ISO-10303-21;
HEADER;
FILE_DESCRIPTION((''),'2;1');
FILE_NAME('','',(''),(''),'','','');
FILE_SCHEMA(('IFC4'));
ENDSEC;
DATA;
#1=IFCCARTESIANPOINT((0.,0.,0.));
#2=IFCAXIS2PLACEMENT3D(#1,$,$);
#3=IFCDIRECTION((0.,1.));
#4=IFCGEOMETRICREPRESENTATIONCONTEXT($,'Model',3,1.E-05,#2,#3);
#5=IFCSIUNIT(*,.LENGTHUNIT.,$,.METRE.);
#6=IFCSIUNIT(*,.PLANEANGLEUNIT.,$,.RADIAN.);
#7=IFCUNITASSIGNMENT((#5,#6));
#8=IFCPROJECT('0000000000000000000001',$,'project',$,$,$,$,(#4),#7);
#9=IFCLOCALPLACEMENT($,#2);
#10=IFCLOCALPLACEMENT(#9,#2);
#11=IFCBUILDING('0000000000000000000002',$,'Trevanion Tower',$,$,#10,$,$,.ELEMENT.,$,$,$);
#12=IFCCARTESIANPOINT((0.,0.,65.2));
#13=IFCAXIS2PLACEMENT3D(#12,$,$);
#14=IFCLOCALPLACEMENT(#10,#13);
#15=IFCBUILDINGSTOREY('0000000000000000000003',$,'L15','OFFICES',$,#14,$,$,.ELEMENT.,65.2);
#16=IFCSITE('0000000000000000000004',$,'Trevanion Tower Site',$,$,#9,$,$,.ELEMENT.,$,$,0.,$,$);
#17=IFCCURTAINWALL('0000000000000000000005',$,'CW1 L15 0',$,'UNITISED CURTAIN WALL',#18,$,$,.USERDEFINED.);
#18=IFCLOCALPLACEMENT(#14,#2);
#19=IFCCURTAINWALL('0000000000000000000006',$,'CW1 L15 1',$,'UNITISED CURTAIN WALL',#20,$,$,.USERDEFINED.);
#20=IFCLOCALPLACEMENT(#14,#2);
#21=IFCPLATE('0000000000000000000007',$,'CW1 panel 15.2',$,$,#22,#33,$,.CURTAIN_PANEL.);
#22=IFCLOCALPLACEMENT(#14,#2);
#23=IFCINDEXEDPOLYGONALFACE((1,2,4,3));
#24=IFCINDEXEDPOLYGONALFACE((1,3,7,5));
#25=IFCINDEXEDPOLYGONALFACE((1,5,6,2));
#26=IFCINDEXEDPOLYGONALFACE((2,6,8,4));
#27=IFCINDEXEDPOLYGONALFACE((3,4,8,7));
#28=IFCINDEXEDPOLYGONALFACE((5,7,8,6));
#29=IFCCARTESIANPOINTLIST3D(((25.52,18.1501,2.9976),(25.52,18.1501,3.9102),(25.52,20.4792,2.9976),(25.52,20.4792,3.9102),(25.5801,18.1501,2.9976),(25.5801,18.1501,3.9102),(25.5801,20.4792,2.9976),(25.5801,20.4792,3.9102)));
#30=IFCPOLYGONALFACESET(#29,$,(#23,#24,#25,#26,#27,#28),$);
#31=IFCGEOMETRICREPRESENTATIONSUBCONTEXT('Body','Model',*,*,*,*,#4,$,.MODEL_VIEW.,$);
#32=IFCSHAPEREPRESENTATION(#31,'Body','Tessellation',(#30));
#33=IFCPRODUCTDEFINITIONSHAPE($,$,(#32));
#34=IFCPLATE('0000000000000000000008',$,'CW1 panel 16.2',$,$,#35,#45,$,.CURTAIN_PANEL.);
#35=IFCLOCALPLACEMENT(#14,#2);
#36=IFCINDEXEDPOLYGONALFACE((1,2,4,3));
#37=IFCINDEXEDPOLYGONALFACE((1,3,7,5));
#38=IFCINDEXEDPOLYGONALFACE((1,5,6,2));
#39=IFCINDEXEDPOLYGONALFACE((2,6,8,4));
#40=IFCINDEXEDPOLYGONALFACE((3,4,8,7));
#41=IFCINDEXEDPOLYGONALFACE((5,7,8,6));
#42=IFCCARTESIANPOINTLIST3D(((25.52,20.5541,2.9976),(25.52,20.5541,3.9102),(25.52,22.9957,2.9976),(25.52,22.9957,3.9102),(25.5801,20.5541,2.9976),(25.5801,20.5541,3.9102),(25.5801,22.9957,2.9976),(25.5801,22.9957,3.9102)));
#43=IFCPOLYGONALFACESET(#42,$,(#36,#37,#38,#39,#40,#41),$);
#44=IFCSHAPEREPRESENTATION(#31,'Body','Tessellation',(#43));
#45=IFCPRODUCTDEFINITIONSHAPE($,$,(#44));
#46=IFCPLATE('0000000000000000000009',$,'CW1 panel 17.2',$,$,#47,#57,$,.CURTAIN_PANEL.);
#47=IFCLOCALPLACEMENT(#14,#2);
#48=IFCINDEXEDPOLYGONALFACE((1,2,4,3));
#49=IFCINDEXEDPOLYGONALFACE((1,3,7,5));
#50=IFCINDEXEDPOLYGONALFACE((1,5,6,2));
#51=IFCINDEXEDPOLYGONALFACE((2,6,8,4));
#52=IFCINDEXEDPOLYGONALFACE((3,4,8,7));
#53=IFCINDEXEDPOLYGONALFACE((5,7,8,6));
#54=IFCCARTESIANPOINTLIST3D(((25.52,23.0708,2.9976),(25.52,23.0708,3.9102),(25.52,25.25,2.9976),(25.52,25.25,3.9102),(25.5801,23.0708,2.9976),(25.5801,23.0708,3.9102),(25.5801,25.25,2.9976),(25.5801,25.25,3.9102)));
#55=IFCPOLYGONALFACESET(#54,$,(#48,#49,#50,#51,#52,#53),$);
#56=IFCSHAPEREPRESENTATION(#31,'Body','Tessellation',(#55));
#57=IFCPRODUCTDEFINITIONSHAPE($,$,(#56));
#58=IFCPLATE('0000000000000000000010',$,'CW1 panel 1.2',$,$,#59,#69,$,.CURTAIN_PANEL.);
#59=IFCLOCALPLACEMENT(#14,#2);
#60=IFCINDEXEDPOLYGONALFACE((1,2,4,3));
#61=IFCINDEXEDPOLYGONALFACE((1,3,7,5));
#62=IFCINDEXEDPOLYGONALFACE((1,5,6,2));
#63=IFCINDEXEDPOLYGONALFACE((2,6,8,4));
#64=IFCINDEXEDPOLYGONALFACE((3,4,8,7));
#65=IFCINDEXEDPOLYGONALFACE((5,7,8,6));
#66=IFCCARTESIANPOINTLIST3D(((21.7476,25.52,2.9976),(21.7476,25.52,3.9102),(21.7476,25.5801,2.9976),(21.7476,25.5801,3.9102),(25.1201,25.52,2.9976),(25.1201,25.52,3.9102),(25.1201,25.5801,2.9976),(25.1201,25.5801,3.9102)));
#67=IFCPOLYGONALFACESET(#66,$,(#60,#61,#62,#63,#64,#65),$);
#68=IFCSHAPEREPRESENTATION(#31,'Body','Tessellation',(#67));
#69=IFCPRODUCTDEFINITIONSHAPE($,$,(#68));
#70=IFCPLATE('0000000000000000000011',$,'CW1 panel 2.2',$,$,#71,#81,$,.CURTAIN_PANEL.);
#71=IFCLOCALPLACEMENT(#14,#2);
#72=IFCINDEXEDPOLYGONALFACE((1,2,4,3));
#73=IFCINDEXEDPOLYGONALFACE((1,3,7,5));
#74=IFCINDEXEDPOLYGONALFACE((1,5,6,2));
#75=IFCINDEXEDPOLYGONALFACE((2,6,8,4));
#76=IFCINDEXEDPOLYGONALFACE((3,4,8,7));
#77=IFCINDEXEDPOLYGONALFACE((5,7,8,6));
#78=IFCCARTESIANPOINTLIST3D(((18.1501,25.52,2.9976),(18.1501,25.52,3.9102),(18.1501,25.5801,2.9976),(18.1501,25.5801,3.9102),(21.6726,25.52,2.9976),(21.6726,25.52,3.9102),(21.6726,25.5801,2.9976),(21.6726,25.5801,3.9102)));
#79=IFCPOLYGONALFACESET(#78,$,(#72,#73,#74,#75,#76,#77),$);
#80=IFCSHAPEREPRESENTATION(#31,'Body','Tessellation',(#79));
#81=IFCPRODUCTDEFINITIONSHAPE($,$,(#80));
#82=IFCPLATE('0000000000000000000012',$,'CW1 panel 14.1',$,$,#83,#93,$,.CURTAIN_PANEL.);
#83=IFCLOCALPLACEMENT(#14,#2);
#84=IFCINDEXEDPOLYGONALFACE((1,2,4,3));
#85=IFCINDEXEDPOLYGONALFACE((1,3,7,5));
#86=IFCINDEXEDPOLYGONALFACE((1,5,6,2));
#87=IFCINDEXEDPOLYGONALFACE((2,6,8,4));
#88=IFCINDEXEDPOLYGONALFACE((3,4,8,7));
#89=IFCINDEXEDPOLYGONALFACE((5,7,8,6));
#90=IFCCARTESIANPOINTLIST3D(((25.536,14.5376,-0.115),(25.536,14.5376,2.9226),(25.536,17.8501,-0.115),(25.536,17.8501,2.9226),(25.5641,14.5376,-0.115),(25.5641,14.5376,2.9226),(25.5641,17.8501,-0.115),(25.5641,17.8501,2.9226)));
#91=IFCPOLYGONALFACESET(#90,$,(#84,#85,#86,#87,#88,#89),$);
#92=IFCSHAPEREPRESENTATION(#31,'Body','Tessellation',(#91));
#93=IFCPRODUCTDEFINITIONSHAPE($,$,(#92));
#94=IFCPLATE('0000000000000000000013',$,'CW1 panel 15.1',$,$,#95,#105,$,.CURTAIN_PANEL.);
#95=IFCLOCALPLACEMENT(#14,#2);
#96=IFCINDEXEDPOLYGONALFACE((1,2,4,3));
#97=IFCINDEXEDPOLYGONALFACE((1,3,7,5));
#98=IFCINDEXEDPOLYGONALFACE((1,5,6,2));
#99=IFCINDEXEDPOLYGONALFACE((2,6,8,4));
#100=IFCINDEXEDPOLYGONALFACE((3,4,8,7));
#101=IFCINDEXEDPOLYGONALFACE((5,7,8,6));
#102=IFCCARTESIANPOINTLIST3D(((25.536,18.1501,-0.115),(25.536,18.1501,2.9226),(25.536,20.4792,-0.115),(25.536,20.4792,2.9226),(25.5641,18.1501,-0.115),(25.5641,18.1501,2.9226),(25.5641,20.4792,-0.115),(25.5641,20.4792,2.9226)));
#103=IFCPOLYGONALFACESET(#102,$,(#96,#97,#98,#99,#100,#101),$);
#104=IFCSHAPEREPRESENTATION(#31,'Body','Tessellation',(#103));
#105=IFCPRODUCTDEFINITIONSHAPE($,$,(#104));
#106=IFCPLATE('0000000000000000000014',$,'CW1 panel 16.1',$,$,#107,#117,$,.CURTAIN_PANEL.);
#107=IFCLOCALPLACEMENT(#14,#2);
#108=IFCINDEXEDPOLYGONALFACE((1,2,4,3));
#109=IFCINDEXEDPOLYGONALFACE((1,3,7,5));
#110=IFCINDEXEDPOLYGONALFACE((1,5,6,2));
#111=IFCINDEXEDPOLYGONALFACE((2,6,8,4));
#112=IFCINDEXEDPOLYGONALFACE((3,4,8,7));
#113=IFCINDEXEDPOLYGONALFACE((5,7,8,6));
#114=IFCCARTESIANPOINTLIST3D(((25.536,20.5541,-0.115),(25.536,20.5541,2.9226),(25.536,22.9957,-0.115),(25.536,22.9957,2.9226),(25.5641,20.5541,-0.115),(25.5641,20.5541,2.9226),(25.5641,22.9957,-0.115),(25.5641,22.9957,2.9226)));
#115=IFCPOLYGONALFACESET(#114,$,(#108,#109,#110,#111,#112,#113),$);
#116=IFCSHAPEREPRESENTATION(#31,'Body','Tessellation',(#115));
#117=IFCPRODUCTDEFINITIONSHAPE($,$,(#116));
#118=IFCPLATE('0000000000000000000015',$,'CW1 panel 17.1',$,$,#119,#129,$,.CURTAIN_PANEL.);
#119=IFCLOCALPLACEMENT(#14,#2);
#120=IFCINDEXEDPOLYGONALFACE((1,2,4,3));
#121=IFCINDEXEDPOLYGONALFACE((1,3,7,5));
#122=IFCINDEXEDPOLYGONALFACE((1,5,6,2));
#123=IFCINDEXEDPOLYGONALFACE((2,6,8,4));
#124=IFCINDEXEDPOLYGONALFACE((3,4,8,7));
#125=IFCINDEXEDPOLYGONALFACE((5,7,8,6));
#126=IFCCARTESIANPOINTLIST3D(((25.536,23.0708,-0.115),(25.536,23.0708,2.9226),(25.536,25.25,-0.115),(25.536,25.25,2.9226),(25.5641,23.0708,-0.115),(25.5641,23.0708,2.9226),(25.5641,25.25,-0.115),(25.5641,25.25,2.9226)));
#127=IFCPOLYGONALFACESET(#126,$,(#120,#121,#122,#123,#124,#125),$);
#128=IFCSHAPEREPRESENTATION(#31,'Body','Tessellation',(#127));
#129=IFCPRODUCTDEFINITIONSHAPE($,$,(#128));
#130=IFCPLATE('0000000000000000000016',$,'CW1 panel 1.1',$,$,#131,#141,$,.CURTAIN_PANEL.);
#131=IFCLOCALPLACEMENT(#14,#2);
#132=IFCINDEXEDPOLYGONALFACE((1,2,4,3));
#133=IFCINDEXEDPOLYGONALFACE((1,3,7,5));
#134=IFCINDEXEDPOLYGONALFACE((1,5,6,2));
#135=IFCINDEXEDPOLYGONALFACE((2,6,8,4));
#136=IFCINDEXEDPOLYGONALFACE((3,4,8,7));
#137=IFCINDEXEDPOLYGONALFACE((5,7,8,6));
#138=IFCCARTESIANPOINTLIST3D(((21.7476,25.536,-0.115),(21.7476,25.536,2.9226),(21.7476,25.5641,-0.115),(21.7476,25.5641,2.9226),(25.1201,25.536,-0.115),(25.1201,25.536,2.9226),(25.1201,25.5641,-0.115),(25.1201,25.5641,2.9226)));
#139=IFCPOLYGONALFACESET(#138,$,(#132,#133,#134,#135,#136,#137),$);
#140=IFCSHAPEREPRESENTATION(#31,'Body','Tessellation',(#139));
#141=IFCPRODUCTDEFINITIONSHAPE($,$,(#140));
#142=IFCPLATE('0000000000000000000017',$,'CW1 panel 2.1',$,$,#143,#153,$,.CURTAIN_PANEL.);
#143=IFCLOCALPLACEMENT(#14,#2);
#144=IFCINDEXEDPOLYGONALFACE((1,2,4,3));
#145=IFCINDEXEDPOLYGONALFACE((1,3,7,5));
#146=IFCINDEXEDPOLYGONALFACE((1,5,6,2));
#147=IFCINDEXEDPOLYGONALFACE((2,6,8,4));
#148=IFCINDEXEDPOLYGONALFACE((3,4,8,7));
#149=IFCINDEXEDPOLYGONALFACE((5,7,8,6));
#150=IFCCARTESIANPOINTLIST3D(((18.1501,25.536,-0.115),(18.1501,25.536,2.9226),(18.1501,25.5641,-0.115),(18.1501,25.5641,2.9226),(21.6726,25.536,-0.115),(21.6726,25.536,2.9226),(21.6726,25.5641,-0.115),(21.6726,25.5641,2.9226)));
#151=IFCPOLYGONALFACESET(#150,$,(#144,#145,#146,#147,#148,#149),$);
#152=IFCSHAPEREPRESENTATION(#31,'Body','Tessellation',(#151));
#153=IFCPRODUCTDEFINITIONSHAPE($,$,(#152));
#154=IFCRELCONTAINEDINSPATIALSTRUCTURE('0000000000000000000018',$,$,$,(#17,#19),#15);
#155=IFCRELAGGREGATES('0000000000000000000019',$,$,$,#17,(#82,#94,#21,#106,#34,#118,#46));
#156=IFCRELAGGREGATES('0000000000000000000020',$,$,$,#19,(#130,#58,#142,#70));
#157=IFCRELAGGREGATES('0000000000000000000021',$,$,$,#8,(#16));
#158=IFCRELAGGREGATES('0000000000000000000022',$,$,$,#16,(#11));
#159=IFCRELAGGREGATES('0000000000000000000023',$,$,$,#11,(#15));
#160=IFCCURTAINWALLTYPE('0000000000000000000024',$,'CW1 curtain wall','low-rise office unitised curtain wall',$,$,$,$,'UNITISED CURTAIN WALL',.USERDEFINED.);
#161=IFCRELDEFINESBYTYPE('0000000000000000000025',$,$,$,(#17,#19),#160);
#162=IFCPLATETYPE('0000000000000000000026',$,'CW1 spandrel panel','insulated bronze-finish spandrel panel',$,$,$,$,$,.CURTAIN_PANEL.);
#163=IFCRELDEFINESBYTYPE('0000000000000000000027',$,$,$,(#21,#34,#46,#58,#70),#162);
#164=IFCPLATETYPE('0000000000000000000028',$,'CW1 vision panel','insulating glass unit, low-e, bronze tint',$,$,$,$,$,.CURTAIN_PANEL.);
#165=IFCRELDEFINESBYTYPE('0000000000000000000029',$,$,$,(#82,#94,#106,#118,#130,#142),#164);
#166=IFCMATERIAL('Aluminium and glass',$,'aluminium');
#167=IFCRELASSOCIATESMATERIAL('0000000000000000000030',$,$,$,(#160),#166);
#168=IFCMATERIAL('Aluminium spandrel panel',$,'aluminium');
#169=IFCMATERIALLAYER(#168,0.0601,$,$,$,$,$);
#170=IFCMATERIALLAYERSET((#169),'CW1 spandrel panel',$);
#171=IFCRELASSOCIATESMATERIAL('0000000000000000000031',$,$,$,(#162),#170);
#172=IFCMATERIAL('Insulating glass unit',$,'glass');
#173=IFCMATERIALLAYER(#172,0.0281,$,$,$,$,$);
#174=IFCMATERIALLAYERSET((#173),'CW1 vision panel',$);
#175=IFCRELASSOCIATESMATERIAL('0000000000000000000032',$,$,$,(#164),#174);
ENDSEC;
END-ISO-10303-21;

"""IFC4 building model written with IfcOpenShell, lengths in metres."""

from ifc_helpers import new_model, si_unit, direction, frame, origin, origin_2d, place, context, subcontext, project, spatial, rectangle, extrude, material, layer, layer_set, type_object, element, aggregate, save


model = new_model("IFC4")

# Units and contexts
model_context = context("Model", 3, precision=1e-05, world=origin(), true_north=direction((0.0, 1.0)))
body_context = subcontext(model_context, "Body", "Model", "MODEL_VIEW")
ifc_project = project(units=[si_unit("LENGTHUNIT", "METRE"), si_unit("PLANEANGLEUNIT", "RADIAN")], contexts=[model_context])

# Site, building, storey
site_placement = place(None, origin())
site = spatial("IfcSite", under=ifc_project, at=site_placement, Name="Trevanion Tower Site", CompositionType="ELEMENT", RefElevation=0.0)
building_placement = place(site_placement, origin())
building = spatial("IfcBuilding", under=site, at=building_placement, Name="Trevanion Tower", CompositionType="ELEMENT")
storey_placement = place(building_placement, frame((0.0, 0.0, 65.2)))
storey = spatial("IfcBuildingStorey", under=building, at=storey_placement, Name="L15", Description="OFFICES", CompositionType="ELEMENT", Elevation=65.2)

# Curtain wall
ifc_material_1 = material(Name="Aluminium and glass", Category="aluminium")
curtain_wall_type = type_object("IfcCurtainWallType", Name="CW1 curtain wall", Description="low-rise office unitised curtain wall", ElementType="UNITISED CURTAIN WALL", PredefinedType="USERDEFINED", material=ifc_material_1)
curtain_wall_1_placement = place(storey_placement, origin())
curtain_wall_1 = element("IfcCurtainWall", 1, at=curtain_wall_1_placement, inside=storey, type_object=curtain_wall_type, Name="CW1 L15 0", ObjectType="UNITISED CURTAIN WALL", PredefinedType="USERDEFINED")

# Curtain wall
curtain_wall_2_placement = place(storey_placement, origin())
curtain_wall_2 = element("IfcCurtainWall", 2, at=curtain_wall_2_placement, inside=storey, type_object=curtain_wall_type, Name="CW1 L15 1", ObjectType="UNITISED CURTAIN WALL", PredefinedType="USERDEFINED")

# Plates
ifc_material_2 = material(Name="Aluminium spandrel panel", Category="aluminium")
ifc_layer_1 = layer(ifc_material_2, 0.0601)
ifc_layer_set_1 = layer_set([ifc_layer_1], Name="CW1 spandrel panel")
plate_type_1 = type_object("IfcPlateType", Name="CW1 spandrel panel", Description="insulated bronze-finish spandrel panel", PredefinedType="CURTAIN_PANEL", material=ifc_layer_set_1)
plate_1_placement = place(storey_placement, frame((25.55, 19.3147, 2.9976), z_axis=(0.0, 0.0, 1.0), x_axis=(0.0, 1.0, 0.0)))
plate_1 = element("IfcPlate", 3, at=plate_1_placement, type_object=plate_type_1, Name="CW1 panel 15.2", PredefinedType="CURTAIN_PANEL", context=body_context, shape_type="SweptSolid", body=[
    extrude(rectangle(XDim=2.3291, YDim=0.0601, at=origin_2d()), origin(), (0.0, 0.0, 1.0), 0.9126),
])
plate_2_placement = place(storey_placement, frame((25.55, 21.7749, 2.9976), z_axis=(0.0, 0.0, 1.0), x_axis=(0.0, 1.0, 0.0)))
plate_2 = element("IfcPlate", 4, at=plate_2_placement, type_object=plate_type_1, Name="CW1 panel 16.2", PredefinedType="CURTAIN_PANEL", context=body_context, shape_type="SweptSolid", body=[
    extrude(rectangle(XDim=2.4417, YDim=0.0601, at=origin_2d()), origin(), (0.0, 0.0, 1.0), 0.9126),
])
plate_3_placement = place(storey_placement, frame((25.55, 24.1604, 2.9976), z_axis=(0.0, 0.0, 1.0), x_axis=(0.0, 1.0, 0.0)))
plate_3 = element("IfcPlate", 5, at=plate_3_placement, type_object=plate_type_1, Name="CW1 panel 17.2", PredefinedType="CURTAIN_PANEL", context=body_context, shape_type="SweptSolid", body=[
    extrude(rectangle(XDim=2.1792, YDim=0.0601, at=origin_2d()), origin(), (0.0, 0.0, 1.0), 0.9126),
])
plate_4_placement = place(storey_placement, frame((23.4338, 25.55, 2.9976), z_axis=(0.0, 0.0, 1.0), x_axis=(-1.0, 0.0, 0.0)))
plate_4 = element("IfcPlate", 6, at=plate_4_placement, type_object=plate_type_1, Name="CW1 panel 1.2", PredefinedType="CURTAIN_PANEL", context=body_context, shape_type="SweptSolid", body=[
    extrude(rectangle(XDim=3.3726, YDim=0.0601, at=origin_2d()), origin(), (0.0, 0.0, 1.0), 0.9126),
])
plate_5_placement = place(storey_placement, frame((19.9114, 25.55, 2.9976), z_axis=(0.0, 0.0, 1.0), x_axis=(-1.0, 0.0, 0.0)))
plate_5 = element("IfcPlate", 7, at=plate_5_placement, type_object=plate_type_1, Name="CW1 panel 2.2", PredefinedType="CURTAIN_PANEL", context=body_context, shape_type="SweptSolid", body=[
    extrude(rectangle(XDim=3.5225, YDim=0.0601, at=origin_2d()), origin(), (0.0, 0.0, 1.0), 0.9126),
])
ifc_material_3 = material(Name="Insulating glass unit", Category="glass")
ifc_layer_2 = layer(ifc_material_3, 0.0281)
ifc_layer_set_2 = layer_set([ifc_layer_2], Name="CW1 vision panel")
plate_type_2 = type_object("IfcPlateType", Name="CW1 vision panel", Description="insulating glass unit, low-e, bronze tint", PredefinedType="CURTAIN_PANEL", material=ifc_layer_set_2)
plate_6_placement = place(storey_placement, frame((25.55, 16.1938, -0.115), z_axis=(0.0, 0.0, 1.0), x_axis=(0.0, 1.0, 0.0)))
plate_6 = element("IfcPlate", 8, at=plate_6_placement, type_object=plate_type_2, Name="CW1 panel 14.1", PredefinedType="CURTAIN_PANEL", context=body_context, shape_type="SweptSolid", body=[
    extrude(rectangle(XDim=3.3125, YDim=0.0281, at=origin_2d()), origin(), (0.0, 0.0, 1.0), 3.0376),
])
plate_7_placement = place(storey_placement, frame((25.55, 19.3147, -0.115), z_axis=(0.0, 0.0, 1.0), x_axis=(0.0, 1.0, 0.0)))
plate_7 = element("IfcPlate", 9, at=plate_7_placement, type_object=plate_type_2, Name="CW1 panel 15.1", PredefinedType="CURTAIN_PANEL", context=body_context, shape_type="SweptSolid", body=[
    extrude(rectangle(XDim=2.3291, YDim=0.0281, at=origin_2d()), origin(), (0.0, 0.0, 1.0), 3.0376),
])
plate_8_placement = place(storey_placement, frame((25.55, 21.7749, -0.115), z_axis=(0.0, 0.0, 1.0), x_axis=(0.0, 1.0, 0.0)))
plate_8 = element("IfcPlate", 10, at=plate_8_placement, type_object=plate_type_2, Name="CW1 panel 16.1", PredefinedType="CURTAIN_PANEL", context=body_context, shape_type="SweptSolid", body=[
    extrude(rectangle(XDim=2.4417, YDim=0.0281, at=origin_2d()), origin(), (0.0, 0.0, 1.0), 3.0376),
])
plate_9_placement = place(storey_placement, frame((25.55, 24.1604, -0.115), z_axis=(0.0, 0.0, 1.0), x_axis=(0.0, 1.0, 0.0)))
plate_9 = element("IfcPlate", 11, at=plate_9_placement, type_object=plate_type_2, Name="CW1 panel 17.1", PredefinedType="CURTAIN_PANEL", context=body_context, shape_type="SweptSolid", body=[
    extrude(rectangle(XDim=2.1792, YDim=0.0281, at=origin_2d()), origin(), (0.0, 0.0, 1.0), 3.0376),
])
aggregate(curtain_wall_1, [plate_6, plate_7, plate_1, plate_8, plate_2, plate_9, plate_3])
plate_10_placement = place(storey_placement, frame((23.4338, 25.55, -0.115), z_axis=(0.0, 0.0, 1.0), x_axis=(-1.0, 0.0, 0.0)))
plate_10 = element("IfcPlate", 12, at=plate_10_placement, type_object=plate_type_2, Name="CW1 panel 1.1", PredefinedType="CURTAIN_PANEL", context=body_context, shape_type="SweptSolid", body=[
    extrude(rectangle(XDim=3.3726, YDim=0.0281, at=origin_2d()), origin(), (0.0, 0.0, 1.0), 3.0376),
])
plate_11_placement = place(storey_placement, frame((19.9114, 25.55, -0.115), z_axis=(0.0, 0.0, 1.0), x_axis=(-1.0, 0.0, 0.0)))
plate_11 = element("IfcPlate", 13, at=plate_11_placement, type_object=plate_type_2, Name="CW1 panel 2.1", PredefinedType="CURTAIN_PANEL", context=body_context, shape_type="SweptSolid", body=[
    extrude(rectangle(XDim=3.5225, YDim=0.0281, at=origin_2d()), origin(), (0.0, 0.0, 1.0), 3.0376),
])
aggregate(curtain_wall_2, [plate_10, plate_4, plate_11, plate_5])

save(model, "model.ifc")
